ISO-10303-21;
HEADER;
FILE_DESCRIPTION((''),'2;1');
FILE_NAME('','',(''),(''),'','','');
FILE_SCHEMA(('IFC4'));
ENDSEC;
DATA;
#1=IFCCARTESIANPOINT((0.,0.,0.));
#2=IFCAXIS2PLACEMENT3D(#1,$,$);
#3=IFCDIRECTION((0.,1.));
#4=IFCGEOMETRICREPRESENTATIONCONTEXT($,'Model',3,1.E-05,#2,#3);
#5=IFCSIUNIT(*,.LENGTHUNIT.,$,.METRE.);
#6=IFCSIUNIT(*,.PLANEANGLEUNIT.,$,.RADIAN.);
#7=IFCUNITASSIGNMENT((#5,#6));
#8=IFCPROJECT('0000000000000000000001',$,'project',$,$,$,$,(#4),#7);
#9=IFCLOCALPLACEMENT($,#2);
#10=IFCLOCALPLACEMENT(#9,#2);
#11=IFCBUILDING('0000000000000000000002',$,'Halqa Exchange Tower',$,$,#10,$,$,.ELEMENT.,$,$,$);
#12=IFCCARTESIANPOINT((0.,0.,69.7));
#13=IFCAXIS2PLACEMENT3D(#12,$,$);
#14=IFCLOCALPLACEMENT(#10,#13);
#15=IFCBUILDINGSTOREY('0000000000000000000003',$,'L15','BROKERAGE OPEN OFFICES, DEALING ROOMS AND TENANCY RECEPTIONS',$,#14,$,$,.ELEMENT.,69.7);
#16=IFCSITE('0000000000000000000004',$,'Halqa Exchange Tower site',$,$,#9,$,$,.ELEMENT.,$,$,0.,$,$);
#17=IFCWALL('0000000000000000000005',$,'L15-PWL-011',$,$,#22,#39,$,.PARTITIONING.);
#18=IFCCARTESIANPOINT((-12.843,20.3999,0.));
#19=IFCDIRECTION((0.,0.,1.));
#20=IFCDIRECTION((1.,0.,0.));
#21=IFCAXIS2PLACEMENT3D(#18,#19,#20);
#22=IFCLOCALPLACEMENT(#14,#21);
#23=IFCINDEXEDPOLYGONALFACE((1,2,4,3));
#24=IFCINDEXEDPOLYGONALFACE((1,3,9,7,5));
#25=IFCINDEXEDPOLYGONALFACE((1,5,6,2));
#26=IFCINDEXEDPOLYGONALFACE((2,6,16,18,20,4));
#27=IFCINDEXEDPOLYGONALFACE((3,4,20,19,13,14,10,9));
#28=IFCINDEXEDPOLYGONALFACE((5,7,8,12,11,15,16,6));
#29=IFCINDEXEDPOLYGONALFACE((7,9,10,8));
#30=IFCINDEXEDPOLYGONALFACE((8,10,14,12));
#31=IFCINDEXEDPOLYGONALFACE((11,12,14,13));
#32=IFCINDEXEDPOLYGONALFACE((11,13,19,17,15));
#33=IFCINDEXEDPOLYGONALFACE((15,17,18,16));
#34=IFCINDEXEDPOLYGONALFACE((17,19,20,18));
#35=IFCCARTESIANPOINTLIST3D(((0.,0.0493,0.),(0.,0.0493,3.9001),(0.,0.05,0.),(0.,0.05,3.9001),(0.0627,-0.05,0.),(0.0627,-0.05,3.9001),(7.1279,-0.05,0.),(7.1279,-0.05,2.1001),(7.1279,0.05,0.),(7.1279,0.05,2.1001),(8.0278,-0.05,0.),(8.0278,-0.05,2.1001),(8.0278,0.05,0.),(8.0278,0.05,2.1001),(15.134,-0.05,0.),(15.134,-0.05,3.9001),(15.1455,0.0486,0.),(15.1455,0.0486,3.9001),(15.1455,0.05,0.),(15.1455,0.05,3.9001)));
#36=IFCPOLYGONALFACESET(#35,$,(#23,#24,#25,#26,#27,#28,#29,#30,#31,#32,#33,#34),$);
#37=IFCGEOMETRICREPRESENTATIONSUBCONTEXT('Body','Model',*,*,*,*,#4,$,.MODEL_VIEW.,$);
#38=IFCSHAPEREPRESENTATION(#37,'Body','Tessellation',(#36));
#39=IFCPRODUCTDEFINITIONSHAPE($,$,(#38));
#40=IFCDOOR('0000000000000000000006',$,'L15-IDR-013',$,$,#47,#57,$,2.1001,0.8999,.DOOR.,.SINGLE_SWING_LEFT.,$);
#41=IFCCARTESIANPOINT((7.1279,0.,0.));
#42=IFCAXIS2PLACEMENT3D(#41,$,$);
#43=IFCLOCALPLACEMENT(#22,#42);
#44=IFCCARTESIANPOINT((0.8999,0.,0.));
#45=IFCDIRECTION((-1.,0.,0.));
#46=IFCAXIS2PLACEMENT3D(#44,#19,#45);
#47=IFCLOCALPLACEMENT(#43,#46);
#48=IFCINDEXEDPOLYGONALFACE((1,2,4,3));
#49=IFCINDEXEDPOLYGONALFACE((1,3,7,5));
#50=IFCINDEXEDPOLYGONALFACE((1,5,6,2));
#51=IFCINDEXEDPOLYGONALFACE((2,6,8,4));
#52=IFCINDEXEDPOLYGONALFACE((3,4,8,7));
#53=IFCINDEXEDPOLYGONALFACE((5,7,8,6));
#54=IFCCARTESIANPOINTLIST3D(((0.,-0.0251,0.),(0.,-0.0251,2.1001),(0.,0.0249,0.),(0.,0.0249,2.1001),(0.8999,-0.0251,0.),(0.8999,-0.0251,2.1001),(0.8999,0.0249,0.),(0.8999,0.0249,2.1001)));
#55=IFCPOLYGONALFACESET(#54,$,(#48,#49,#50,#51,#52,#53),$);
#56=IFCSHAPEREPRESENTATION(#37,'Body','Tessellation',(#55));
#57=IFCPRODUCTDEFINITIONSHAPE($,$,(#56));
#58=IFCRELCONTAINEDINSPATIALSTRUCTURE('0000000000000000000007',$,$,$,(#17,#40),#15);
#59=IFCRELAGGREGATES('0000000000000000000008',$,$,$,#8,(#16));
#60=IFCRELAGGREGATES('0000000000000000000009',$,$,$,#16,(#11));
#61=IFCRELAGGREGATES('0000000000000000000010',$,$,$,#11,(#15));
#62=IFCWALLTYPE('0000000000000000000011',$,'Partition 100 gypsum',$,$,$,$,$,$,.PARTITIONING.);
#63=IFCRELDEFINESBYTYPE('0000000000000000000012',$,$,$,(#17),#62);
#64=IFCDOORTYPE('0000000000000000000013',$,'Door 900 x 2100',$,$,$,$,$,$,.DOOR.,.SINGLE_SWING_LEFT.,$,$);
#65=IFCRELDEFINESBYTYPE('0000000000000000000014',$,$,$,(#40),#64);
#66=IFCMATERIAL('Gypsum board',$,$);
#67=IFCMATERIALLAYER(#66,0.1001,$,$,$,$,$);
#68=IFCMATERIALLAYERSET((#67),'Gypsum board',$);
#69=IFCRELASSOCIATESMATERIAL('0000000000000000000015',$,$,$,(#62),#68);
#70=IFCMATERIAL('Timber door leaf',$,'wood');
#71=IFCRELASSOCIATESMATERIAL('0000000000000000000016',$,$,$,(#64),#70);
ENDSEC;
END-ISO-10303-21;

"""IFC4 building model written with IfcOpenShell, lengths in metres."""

from ifc_helpers import new_model, si_unit, direction, frame, frame_2d, origin, place, context, subcontext, project, spatial, polyline, rectangle, outline, extrude, material, layer, layer_set, type_object, element, fill, save


model = new_model("IFC4")

# Units and contexts
model_context = context("Model", 3, precision=1e-05, world=origin(), true_north=direction((0.0, 1.0)))
body_context = subcontext(model_context, "Body", "Model", "MODEL_VIEW")
ifc_project = project(units=[si_unit("LENGTHUNIT", "METRE"), si_unit("PLANEANGLEUNIT", "RADIAN")], contexts=[model_context])

# Site, building, storey
site_placement = place(None, origin())
site = spatial("IfcSite", under=ifc_project, at=site_placement, Name="Halqa Exchange Tower site", CompositionType="ELEMENT", RefElevation=0.0)
building_placement = place(site_placement, origin())
building = spatial("IfcBuilding", under=site, at=building_placement, Name="Halqa Exchange Tower", CompositionType="ELEMENT")
storey_placement = place(building_placement, frame((0.0, 0.0, 69.7)))
storey = spatial("IfcBuildingStorey", under=building, at=storey_placement, Name="L15", Description="BROKERAGE OPEN OFFICES, DEALING ROOMS AND TENANCY RECEPTIONS", CompositionType="ELEMENT", Elevation=69.7)

# Wall, opening, door
ifc_material_1 = material(Name="Gypsum board")
ifc_layer_1 = layer(ifc_material_1, 0.1001)
ifc_layer_set_1 = layer_set([ifc_layer_1], Name="Gypsum board")
wall_type_1 = type_object("IfcWallType", Name="Partition 100 gypsum", PredefinedType="PARTITIONING", material=ifc_layer_set_1)
wall_1_placement = place(storey_placement, frame((-12.843, 20.3999, 0.0), z_axis=(0.0, 0.0, 1.0), x_axis=(1.0, 0.0, 0.0)))
wall_1 = element("IfcWall", 1, at=wall_1_placement, inside=storey, type_object=wall_type_1, Name="L15-PWL-011", PredefinedType="PARTITIONING", context=body_context, shape_type="SweptSolid", body=[
    extrude(outline(polyline([(0.0627, -0.05), (1.9465, -0.05), (3.8306, -0.05), (5.7144, -0.05), (7.5984, -0.05), (9.4822, -0.05), (11.3662, -0.05), (13.25, -0.05), (15.134, -0.05), (15.1455, 0.0486), (15.1455, 0.05), (13.2524, 0.05), (11.3591, 0.05), (9.4658, 0.05), (7.5728, 0.05), (5.6797, 0.05), (3.7864, 0.05), (1.8931, 0.05), (0.0, 0.05), (0.0, 0.0493), (0.0627, -0.05)])), origin(), (0.0, 0.0, 1.0), 3.9001),
])
opening_1_placement = place(wall_1_placement, frame((7.1279, 0.0, 0.0)))
opening_1 = element("IfcOpeningElement", 2, at=opening_1_placement, cuts=wall_1, PredefinedType="OPENING", context=body_context, shape_type="SweptSolid", body=[
    extrude(rectangle(XDim=0.8999, YDim=2.1001, at=frame_2d((0.45, 1.05))), frame((0.0, 0.062, 0.0), z_axis=(0.0, -1.0, 0.0), x_axis=(1.0, 0.0, 0.0)), (0.0, 0.0, 1.0), 0.124),
])
ifc_material_2 = material(Name="Timber door leaf", Category="wood")
door_type_1 = type_object("IfcDoorType", Name="Door 900 x 2100", OperationType="SINGLE_SWING_LEFT", PredefinedType="DOOR", material=ifc_material_2)
door_1_placement = place(opening_1_placement, frame((0.8999, 0.0, 0.0), z_axis=(0.0, 0.0, 1.0), x_axis=(-1.0, 0.0, 0.0)))
door_1 = element("IfcDoor", 3, at=door_1_placement, inside=storey, type_object=door_type_1, Name="L15-IDR-013", OperationType="SINGLE_SWING_LEFT", OverallHeight=2.1001, OverallWidth=0.8999, PredefinedType="DOOR", context=body_context, shape_type="SweptSolid", body=[
    extrude(rectangle(XDim=0.8999, YDim=2.1001, at=frame_2d((0.45, 1.05))), frame((0.0, 0.0249, 0.0), z_axis=(0.0, -1.0, 0.0), x_axis=(1.0, 0.0, 0.0)), (0.0, 0.0, 1.0), 0.05),
])
fill(opening_1, door_1)

save(model, "model.ifc")
